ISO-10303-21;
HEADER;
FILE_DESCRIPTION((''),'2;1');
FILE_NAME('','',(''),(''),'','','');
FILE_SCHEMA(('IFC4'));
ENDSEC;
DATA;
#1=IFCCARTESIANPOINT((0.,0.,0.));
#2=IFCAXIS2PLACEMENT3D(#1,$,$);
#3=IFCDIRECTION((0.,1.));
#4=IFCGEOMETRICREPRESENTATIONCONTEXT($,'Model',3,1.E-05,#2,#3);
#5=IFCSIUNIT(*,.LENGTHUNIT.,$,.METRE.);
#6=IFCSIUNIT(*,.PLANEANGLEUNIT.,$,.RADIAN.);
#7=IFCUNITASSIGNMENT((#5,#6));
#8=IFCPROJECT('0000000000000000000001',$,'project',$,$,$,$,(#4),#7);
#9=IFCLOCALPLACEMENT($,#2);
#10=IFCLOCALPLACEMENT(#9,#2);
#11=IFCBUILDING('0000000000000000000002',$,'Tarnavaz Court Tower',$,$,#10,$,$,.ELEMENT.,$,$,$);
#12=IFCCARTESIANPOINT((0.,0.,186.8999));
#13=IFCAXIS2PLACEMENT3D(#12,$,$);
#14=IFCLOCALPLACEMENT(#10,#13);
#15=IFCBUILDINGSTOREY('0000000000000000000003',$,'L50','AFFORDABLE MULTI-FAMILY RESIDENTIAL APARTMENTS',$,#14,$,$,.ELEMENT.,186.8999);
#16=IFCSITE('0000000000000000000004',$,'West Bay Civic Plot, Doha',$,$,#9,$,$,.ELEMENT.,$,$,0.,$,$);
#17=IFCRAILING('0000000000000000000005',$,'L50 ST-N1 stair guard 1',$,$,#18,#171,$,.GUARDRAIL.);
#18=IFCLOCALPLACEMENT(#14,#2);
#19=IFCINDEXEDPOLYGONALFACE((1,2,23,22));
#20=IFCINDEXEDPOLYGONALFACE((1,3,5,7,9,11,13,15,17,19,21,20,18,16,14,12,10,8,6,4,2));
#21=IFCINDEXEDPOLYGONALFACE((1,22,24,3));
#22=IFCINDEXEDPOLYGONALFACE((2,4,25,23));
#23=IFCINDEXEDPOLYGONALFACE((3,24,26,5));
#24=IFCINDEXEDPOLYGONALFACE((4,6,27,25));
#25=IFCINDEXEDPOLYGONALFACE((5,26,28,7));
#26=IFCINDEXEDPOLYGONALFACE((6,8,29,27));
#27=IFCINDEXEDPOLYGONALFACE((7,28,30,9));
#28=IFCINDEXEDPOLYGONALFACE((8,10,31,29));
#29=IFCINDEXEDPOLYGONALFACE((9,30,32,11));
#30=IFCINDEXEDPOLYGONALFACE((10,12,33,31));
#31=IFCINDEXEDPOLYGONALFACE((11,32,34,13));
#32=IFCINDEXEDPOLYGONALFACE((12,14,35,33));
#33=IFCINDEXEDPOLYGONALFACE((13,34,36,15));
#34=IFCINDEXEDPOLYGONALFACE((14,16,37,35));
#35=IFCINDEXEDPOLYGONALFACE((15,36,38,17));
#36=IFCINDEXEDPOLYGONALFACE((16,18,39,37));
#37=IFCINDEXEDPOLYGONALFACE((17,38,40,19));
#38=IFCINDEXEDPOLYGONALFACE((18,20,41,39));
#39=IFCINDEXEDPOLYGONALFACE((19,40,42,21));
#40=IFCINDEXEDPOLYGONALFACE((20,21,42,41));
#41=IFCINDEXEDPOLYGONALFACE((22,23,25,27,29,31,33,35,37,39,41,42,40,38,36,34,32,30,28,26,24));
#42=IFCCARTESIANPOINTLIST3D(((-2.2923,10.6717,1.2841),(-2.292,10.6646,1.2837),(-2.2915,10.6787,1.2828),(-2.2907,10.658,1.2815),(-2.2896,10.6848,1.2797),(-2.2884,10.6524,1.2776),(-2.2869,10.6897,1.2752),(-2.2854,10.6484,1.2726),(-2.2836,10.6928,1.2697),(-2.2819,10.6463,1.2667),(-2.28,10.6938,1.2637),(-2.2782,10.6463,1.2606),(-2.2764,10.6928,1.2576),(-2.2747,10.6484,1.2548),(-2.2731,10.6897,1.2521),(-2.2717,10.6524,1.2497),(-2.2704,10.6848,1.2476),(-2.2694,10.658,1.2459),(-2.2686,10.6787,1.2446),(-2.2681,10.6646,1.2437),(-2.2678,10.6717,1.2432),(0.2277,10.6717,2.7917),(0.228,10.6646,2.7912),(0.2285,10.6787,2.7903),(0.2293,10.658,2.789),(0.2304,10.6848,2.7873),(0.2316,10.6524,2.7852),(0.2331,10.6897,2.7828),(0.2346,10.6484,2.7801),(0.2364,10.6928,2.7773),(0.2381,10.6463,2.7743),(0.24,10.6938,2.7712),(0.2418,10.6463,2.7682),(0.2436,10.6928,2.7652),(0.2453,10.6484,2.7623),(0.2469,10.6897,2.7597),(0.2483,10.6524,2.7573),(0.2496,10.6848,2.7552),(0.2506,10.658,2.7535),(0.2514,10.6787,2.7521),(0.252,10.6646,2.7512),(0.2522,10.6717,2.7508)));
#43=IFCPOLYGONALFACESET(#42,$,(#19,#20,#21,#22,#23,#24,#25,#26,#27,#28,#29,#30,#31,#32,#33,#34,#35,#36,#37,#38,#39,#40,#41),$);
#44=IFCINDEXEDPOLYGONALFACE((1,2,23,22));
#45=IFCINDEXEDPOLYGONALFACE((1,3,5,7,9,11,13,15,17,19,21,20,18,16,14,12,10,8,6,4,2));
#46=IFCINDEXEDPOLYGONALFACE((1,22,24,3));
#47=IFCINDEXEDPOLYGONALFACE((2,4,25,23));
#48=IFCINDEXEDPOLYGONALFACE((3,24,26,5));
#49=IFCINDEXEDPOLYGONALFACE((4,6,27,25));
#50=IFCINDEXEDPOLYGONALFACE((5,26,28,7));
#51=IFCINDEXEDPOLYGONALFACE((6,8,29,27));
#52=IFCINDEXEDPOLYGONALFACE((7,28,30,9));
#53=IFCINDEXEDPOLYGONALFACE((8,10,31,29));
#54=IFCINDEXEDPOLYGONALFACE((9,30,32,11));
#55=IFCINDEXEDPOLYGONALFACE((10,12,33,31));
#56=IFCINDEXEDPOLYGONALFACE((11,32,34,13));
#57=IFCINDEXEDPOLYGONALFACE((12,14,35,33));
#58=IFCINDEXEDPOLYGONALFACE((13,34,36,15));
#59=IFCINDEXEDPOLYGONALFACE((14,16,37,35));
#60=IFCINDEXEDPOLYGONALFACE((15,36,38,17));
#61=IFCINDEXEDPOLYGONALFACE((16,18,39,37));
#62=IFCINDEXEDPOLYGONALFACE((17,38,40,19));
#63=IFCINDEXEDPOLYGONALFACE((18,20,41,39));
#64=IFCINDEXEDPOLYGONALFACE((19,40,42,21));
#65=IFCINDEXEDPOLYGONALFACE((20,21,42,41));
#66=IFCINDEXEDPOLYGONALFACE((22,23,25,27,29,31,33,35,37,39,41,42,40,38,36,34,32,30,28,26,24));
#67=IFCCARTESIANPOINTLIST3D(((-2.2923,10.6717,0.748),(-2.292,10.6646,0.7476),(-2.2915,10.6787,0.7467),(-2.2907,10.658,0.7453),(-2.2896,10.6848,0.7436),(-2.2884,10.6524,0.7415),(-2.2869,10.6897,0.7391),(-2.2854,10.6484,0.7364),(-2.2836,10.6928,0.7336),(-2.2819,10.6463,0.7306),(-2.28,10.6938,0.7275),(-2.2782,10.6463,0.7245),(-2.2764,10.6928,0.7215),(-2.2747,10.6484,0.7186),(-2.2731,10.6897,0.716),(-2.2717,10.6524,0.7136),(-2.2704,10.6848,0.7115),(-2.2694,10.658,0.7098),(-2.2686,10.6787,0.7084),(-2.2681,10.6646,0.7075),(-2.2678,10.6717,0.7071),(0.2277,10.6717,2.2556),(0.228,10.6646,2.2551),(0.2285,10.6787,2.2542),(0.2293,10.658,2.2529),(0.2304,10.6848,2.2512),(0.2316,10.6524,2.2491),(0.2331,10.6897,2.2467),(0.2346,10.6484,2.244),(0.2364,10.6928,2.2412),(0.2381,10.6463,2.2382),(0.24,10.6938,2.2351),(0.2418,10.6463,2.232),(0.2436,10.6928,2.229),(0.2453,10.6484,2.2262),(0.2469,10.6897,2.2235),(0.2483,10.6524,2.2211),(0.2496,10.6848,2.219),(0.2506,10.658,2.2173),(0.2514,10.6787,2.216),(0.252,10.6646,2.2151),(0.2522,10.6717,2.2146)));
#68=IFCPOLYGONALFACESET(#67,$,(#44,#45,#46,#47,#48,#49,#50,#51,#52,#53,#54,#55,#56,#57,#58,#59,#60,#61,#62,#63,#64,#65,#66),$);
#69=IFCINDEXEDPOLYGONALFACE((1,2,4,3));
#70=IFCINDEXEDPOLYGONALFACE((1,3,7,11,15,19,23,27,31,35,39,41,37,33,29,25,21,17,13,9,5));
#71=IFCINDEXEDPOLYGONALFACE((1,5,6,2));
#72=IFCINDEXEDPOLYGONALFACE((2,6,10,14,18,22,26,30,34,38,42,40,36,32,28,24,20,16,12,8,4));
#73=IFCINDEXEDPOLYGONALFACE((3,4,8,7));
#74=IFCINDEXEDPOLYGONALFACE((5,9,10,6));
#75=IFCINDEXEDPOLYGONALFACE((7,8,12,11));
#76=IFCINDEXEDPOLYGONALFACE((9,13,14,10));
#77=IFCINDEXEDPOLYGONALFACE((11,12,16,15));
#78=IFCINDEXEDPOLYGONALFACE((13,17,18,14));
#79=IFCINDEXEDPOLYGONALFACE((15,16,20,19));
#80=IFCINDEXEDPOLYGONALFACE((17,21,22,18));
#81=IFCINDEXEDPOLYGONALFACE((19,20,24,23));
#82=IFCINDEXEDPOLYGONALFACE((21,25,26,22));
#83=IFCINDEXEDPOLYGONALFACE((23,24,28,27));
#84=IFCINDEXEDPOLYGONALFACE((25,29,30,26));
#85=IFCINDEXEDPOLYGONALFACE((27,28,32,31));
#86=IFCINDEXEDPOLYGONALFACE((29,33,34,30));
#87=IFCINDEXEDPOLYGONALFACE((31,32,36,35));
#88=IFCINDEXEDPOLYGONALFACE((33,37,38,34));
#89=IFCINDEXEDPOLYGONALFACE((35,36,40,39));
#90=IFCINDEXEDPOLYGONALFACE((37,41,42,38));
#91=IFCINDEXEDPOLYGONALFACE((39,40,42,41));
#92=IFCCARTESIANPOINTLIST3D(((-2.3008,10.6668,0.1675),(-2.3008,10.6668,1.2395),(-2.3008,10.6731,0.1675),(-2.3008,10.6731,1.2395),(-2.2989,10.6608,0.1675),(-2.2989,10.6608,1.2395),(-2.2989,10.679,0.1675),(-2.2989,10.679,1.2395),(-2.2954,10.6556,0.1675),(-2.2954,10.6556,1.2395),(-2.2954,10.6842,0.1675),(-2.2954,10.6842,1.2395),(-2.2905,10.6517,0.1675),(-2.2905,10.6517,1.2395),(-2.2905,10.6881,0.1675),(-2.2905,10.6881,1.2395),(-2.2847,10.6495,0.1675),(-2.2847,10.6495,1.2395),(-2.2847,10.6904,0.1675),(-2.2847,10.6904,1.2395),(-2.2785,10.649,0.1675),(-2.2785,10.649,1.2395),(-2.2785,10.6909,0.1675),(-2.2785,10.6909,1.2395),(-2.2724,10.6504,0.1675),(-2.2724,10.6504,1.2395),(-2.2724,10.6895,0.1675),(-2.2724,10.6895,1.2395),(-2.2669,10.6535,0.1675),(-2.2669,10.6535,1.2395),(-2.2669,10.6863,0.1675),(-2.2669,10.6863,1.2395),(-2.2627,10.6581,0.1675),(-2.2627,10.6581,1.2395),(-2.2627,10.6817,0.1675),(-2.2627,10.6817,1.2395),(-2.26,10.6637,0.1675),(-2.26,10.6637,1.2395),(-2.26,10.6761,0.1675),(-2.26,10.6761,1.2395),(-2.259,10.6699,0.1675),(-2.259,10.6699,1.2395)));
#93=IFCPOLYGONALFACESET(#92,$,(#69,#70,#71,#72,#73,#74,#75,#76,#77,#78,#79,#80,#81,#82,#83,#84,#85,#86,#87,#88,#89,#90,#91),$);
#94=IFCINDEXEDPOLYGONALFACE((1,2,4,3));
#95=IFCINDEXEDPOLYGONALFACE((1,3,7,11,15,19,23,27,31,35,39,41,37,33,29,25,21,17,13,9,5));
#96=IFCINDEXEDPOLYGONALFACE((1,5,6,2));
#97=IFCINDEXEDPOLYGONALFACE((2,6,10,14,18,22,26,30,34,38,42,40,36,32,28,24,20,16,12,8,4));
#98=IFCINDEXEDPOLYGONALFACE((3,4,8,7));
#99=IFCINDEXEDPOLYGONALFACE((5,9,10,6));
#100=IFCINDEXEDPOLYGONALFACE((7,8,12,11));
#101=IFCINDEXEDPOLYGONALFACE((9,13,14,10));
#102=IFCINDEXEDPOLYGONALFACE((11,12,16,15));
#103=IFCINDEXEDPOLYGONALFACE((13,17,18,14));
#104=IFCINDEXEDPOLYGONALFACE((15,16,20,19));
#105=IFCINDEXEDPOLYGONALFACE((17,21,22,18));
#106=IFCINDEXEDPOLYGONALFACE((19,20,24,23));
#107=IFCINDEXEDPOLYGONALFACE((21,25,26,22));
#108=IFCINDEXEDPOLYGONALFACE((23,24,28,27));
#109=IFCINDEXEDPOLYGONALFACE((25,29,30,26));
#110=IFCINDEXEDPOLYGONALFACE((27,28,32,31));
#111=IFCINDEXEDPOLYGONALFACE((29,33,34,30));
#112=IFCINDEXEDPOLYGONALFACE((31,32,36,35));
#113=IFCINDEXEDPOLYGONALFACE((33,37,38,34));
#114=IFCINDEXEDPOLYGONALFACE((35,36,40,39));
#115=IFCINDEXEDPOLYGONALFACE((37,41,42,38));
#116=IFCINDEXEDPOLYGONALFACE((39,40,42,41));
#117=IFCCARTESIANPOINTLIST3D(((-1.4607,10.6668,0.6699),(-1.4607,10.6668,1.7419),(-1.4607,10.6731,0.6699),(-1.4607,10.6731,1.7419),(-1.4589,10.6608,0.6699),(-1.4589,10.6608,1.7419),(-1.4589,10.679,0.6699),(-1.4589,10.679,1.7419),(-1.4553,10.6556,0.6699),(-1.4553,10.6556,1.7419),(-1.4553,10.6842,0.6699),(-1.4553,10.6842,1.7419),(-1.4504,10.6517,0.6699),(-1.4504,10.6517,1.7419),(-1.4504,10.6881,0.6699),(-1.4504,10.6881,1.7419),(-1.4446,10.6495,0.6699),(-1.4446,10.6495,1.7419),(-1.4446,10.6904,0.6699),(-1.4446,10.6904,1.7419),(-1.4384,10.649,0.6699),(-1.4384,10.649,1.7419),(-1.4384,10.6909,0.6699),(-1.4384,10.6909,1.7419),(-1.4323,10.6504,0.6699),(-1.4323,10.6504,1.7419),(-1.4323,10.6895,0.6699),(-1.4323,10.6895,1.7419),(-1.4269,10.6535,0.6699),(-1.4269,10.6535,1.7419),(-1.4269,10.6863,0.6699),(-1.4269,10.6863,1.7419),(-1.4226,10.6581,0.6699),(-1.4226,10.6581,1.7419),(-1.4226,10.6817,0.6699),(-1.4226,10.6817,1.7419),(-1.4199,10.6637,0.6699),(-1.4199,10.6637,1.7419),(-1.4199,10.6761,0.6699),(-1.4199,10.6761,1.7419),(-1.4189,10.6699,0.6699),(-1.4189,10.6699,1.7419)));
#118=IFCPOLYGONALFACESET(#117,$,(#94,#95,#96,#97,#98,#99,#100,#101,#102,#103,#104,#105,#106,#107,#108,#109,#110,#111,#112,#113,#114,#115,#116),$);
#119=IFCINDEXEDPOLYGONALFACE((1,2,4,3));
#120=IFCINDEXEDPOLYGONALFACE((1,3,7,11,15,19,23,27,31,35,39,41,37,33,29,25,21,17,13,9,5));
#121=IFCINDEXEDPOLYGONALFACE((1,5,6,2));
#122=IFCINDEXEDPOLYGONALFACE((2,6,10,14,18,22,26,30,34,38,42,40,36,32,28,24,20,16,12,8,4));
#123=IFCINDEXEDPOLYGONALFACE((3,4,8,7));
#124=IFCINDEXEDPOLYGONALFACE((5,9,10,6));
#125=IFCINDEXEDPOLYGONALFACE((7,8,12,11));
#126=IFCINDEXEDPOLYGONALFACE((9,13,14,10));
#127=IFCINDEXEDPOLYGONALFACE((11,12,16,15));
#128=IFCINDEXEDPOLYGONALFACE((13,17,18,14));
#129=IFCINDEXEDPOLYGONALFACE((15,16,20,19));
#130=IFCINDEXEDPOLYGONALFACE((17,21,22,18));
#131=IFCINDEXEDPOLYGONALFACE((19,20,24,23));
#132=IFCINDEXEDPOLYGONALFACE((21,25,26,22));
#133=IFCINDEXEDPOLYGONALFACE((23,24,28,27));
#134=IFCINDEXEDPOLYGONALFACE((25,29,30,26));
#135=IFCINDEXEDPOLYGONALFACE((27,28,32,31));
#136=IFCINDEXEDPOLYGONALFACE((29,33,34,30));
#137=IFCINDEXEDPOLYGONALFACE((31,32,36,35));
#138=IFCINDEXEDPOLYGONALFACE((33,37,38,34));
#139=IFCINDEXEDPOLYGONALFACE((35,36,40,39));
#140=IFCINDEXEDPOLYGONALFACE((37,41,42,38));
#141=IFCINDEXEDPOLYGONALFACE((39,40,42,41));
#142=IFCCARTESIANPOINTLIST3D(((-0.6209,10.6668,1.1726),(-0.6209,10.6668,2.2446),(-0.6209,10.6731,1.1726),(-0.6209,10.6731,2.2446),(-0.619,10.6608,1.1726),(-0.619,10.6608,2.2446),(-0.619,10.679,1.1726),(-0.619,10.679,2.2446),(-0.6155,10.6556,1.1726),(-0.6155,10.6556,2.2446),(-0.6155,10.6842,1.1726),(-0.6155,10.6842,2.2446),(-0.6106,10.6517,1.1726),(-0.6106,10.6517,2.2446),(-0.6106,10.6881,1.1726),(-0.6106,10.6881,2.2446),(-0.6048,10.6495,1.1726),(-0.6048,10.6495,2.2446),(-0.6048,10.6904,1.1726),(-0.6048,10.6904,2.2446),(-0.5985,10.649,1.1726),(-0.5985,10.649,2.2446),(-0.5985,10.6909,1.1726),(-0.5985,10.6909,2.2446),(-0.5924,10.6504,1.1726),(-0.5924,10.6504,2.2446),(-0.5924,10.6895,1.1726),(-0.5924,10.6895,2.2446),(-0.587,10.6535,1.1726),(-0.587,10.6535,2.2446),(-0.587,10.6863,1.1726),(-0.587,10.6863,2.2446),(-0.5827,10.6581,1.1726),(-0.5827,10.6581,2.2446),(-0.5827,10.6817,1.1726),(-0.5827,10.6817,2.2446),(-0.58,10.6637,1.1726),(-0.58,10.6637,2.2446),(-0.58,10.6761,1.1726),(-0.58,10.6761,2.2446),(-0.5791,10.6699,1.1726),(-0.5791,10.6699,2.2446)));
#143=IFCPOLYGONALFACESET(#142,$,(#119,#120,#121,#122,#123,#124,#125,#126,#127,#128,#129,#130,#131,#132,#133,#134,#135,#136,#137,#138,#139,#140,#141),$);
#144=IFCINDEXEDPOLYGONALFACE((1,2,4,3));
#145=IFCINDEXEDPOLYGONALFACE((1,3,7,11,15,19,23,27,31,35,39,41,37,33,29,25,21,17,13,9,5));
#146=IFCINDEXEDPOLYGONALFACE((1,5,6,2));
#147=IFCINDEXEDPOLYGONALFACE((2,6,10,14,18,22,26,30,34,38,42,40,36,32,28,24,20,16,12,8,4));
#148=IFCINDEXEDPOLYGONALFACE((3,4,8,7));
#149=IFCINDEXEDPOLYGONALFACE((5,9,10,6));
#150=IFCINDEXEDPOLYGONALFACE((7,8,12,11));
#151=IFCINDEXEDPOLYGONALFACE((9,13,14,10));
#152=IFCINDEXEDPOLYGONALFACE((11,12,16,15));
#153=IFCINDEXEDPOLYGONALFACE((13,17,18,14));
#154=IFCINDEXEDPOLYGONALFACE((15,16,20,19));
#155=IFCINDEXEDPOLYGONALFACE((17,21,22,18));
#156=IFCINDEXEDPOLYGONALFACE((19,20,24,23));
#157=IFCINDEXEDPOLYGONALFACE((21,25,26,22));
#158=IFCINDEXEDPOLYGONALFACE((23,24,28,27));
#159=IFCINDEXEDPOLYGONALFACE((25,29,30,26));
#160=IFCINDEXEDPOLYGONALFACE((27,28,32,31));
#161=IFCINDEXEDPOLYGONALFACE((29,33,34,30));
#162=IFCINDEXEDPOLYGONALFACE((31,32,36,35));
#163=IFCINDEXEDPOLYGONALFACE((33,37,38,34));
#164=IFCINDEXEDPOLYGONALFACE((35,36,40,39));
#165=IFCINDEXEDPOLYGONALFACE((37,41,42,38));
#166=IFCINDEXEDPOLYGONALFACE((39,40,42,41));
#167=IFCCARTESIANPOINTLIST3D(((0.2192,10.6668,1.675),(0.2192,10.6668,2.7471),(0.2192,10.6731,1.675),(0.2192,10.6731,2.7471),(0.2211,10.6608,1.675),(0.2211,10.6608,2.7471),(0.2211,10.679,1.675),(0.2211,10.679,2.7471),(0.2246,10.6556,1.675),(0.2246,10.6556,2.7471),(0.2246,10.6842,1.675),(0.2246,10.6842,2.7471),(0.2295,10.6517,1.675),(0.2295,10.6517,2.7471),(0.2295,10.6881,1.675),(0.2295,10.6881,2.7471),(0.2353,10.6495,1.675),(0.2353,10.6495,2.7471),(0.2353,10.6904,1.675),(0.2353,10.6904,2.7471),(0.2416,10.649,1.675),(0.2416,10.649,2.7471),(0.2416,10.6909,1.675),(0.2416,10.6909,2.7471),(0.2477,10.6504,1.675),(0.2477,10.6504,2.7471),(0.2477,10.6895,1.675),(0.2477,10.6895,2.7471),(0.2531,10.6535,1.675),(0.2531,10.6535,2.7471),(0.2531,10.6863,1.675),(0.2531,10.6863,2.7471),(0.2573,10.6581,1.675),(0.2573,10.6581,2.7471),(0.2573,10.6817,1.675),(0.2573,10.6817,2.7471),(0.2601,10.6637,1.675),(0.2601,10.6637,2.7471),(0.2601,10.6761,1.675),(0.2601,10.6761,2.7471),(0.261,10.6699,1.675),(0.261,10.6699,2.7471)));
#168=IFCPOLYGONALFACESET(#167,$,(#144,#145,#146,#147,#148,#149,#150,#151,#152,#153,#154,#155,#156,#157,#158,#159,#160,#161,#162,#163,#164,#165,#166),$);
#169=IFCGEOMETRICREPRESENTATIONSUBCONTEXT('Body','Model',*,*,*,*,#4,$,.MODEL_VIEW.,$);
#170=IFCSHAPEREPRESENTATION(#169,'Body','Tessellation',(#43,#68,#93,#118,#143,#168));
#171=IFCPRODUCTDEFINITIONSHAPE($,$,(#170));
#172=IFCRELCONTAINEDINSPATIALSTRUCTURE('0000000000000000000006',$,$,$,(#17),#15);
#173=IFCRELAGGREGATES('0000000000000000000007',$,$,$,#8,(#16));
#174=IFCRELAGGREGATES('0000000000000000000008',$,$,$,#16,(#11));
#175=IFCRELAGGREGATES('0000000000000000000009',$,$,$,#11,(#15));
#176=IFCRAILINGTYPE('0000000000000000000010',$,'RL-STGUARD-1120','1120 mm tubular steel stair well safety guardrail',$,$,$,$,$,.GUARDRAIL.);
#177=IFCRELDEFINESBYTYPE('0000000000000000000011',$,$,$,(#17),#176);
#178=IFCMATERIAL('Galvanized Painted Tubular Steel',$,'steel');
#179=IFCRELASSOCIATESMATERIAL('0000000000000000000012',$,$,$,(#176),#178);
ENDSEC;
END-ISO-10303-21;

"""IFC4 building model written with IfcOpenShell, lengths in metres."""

from ifc_helpers import new_model, si_unit, direction, frame, origin, origin_2d, place, context, subcontext, project, spatial, circle, extrude, material, type_object, element, save


model = new_model("IFC4")

# Units and contexts
model_context = context("Model", 3, precision=1e-05, world=origin(), true_north=direction((0.0, 1.0)))
body_context = subcontext(model_context, "Body", "Model", "MODEL_VIEW")
ifc_project = project(units=[si_unit("LENGTHUNIT", "METRE"), si_unit("PLANEANGLEUNIT", "RADIAN")], contexts=[model_context])

# Site, building, storey
site_placement = place(None, origin())
site = spatial("IfcSite", under=ifc_project, at=site_placement, Name="West Bay Civic Plot, Doha", CompositionType="ELEMENT", RefElevation=0.0)
building_placement = place(site_placement, origin())
building = spatial("IfcBuilding", under=site, at=building_placement, Name="Tarnavaz Court Tower", CompositionType="ELEMENT")
storey_placement = place(building_placement, frame((0.0, 0.0, 186.8999)))
storey = spatial("IfcBuildingStorey", under=building, at=storey_placement, Name="L50", Description="AFFORDABLE MULTI-FAMILY RESIDENTIAL APARTMENTS", CompositionType="ELEMENT", Elevation=186.8999)

# Railing
ifc_material_1 = material(Name="Galvanized Painted Tubular Steel", Category="steel")
railing_type_1 = type_object("IfcRailingType", Name="RL-STGUARD-1120", Description="1120 mm tubular steel stair well safety guardrail", PredefinedType="GUARDRAIL", material=ifc_material_1)
railing_1_placement = place(storey_placement, frame((-2.28, 10.6699, 0.1675)))
element("IfcRailing", 1, at=railing_1_placement, inside=storey, type_object=railing_type_1, Name="L50 ST-N1 stair guard 1", PredefinedType="GUARDRAIL", context=body_context, shape_type="SweptSolid", body=[
    extrude(circle(Radius=0.0239, at=origin_2d()), frame((0.0, 0.0, 1.0962), z_axis=(0.85816, 0.0, 0.513383), x_axis=(0.0, 1.0, 0.0)), (0.0, 0.0, 1.0), 2.9365),
    extrude(circle(Radius=0.0239, at=origin_2d()), frame((0.0, 0.0, 0.5601), z_axis=(0.85816, 0.0, 0.513383), x_axis=(0.0, 1.0, 0.0)), (0.0, 0.0, 1.0), 2.9365),
    extrude(circle(Radius=0.021, at=origin_2d()), origin(), (0.0, 0.0, 1.0), 1.072),
    extrude(circle(Radius=0.021, at=origin_2d()), frame((0.8401, 0.0, 0.5024)), (0.0, 0.0, 1.0), 1.072),
    extrude(circle(Radius=0.021, at=origin_2d()), frame((1.6799, 0.0, 1.0051)), (0.0, 0.0, 1.0), 1.072),
    extrude(circle(Radius=0.021, at=origin_2d()), frame((2.52, 0.0, 1.5076)), (0.0, 0.0, 1.0), 1.072),
])

save(model, "model.ifc")
